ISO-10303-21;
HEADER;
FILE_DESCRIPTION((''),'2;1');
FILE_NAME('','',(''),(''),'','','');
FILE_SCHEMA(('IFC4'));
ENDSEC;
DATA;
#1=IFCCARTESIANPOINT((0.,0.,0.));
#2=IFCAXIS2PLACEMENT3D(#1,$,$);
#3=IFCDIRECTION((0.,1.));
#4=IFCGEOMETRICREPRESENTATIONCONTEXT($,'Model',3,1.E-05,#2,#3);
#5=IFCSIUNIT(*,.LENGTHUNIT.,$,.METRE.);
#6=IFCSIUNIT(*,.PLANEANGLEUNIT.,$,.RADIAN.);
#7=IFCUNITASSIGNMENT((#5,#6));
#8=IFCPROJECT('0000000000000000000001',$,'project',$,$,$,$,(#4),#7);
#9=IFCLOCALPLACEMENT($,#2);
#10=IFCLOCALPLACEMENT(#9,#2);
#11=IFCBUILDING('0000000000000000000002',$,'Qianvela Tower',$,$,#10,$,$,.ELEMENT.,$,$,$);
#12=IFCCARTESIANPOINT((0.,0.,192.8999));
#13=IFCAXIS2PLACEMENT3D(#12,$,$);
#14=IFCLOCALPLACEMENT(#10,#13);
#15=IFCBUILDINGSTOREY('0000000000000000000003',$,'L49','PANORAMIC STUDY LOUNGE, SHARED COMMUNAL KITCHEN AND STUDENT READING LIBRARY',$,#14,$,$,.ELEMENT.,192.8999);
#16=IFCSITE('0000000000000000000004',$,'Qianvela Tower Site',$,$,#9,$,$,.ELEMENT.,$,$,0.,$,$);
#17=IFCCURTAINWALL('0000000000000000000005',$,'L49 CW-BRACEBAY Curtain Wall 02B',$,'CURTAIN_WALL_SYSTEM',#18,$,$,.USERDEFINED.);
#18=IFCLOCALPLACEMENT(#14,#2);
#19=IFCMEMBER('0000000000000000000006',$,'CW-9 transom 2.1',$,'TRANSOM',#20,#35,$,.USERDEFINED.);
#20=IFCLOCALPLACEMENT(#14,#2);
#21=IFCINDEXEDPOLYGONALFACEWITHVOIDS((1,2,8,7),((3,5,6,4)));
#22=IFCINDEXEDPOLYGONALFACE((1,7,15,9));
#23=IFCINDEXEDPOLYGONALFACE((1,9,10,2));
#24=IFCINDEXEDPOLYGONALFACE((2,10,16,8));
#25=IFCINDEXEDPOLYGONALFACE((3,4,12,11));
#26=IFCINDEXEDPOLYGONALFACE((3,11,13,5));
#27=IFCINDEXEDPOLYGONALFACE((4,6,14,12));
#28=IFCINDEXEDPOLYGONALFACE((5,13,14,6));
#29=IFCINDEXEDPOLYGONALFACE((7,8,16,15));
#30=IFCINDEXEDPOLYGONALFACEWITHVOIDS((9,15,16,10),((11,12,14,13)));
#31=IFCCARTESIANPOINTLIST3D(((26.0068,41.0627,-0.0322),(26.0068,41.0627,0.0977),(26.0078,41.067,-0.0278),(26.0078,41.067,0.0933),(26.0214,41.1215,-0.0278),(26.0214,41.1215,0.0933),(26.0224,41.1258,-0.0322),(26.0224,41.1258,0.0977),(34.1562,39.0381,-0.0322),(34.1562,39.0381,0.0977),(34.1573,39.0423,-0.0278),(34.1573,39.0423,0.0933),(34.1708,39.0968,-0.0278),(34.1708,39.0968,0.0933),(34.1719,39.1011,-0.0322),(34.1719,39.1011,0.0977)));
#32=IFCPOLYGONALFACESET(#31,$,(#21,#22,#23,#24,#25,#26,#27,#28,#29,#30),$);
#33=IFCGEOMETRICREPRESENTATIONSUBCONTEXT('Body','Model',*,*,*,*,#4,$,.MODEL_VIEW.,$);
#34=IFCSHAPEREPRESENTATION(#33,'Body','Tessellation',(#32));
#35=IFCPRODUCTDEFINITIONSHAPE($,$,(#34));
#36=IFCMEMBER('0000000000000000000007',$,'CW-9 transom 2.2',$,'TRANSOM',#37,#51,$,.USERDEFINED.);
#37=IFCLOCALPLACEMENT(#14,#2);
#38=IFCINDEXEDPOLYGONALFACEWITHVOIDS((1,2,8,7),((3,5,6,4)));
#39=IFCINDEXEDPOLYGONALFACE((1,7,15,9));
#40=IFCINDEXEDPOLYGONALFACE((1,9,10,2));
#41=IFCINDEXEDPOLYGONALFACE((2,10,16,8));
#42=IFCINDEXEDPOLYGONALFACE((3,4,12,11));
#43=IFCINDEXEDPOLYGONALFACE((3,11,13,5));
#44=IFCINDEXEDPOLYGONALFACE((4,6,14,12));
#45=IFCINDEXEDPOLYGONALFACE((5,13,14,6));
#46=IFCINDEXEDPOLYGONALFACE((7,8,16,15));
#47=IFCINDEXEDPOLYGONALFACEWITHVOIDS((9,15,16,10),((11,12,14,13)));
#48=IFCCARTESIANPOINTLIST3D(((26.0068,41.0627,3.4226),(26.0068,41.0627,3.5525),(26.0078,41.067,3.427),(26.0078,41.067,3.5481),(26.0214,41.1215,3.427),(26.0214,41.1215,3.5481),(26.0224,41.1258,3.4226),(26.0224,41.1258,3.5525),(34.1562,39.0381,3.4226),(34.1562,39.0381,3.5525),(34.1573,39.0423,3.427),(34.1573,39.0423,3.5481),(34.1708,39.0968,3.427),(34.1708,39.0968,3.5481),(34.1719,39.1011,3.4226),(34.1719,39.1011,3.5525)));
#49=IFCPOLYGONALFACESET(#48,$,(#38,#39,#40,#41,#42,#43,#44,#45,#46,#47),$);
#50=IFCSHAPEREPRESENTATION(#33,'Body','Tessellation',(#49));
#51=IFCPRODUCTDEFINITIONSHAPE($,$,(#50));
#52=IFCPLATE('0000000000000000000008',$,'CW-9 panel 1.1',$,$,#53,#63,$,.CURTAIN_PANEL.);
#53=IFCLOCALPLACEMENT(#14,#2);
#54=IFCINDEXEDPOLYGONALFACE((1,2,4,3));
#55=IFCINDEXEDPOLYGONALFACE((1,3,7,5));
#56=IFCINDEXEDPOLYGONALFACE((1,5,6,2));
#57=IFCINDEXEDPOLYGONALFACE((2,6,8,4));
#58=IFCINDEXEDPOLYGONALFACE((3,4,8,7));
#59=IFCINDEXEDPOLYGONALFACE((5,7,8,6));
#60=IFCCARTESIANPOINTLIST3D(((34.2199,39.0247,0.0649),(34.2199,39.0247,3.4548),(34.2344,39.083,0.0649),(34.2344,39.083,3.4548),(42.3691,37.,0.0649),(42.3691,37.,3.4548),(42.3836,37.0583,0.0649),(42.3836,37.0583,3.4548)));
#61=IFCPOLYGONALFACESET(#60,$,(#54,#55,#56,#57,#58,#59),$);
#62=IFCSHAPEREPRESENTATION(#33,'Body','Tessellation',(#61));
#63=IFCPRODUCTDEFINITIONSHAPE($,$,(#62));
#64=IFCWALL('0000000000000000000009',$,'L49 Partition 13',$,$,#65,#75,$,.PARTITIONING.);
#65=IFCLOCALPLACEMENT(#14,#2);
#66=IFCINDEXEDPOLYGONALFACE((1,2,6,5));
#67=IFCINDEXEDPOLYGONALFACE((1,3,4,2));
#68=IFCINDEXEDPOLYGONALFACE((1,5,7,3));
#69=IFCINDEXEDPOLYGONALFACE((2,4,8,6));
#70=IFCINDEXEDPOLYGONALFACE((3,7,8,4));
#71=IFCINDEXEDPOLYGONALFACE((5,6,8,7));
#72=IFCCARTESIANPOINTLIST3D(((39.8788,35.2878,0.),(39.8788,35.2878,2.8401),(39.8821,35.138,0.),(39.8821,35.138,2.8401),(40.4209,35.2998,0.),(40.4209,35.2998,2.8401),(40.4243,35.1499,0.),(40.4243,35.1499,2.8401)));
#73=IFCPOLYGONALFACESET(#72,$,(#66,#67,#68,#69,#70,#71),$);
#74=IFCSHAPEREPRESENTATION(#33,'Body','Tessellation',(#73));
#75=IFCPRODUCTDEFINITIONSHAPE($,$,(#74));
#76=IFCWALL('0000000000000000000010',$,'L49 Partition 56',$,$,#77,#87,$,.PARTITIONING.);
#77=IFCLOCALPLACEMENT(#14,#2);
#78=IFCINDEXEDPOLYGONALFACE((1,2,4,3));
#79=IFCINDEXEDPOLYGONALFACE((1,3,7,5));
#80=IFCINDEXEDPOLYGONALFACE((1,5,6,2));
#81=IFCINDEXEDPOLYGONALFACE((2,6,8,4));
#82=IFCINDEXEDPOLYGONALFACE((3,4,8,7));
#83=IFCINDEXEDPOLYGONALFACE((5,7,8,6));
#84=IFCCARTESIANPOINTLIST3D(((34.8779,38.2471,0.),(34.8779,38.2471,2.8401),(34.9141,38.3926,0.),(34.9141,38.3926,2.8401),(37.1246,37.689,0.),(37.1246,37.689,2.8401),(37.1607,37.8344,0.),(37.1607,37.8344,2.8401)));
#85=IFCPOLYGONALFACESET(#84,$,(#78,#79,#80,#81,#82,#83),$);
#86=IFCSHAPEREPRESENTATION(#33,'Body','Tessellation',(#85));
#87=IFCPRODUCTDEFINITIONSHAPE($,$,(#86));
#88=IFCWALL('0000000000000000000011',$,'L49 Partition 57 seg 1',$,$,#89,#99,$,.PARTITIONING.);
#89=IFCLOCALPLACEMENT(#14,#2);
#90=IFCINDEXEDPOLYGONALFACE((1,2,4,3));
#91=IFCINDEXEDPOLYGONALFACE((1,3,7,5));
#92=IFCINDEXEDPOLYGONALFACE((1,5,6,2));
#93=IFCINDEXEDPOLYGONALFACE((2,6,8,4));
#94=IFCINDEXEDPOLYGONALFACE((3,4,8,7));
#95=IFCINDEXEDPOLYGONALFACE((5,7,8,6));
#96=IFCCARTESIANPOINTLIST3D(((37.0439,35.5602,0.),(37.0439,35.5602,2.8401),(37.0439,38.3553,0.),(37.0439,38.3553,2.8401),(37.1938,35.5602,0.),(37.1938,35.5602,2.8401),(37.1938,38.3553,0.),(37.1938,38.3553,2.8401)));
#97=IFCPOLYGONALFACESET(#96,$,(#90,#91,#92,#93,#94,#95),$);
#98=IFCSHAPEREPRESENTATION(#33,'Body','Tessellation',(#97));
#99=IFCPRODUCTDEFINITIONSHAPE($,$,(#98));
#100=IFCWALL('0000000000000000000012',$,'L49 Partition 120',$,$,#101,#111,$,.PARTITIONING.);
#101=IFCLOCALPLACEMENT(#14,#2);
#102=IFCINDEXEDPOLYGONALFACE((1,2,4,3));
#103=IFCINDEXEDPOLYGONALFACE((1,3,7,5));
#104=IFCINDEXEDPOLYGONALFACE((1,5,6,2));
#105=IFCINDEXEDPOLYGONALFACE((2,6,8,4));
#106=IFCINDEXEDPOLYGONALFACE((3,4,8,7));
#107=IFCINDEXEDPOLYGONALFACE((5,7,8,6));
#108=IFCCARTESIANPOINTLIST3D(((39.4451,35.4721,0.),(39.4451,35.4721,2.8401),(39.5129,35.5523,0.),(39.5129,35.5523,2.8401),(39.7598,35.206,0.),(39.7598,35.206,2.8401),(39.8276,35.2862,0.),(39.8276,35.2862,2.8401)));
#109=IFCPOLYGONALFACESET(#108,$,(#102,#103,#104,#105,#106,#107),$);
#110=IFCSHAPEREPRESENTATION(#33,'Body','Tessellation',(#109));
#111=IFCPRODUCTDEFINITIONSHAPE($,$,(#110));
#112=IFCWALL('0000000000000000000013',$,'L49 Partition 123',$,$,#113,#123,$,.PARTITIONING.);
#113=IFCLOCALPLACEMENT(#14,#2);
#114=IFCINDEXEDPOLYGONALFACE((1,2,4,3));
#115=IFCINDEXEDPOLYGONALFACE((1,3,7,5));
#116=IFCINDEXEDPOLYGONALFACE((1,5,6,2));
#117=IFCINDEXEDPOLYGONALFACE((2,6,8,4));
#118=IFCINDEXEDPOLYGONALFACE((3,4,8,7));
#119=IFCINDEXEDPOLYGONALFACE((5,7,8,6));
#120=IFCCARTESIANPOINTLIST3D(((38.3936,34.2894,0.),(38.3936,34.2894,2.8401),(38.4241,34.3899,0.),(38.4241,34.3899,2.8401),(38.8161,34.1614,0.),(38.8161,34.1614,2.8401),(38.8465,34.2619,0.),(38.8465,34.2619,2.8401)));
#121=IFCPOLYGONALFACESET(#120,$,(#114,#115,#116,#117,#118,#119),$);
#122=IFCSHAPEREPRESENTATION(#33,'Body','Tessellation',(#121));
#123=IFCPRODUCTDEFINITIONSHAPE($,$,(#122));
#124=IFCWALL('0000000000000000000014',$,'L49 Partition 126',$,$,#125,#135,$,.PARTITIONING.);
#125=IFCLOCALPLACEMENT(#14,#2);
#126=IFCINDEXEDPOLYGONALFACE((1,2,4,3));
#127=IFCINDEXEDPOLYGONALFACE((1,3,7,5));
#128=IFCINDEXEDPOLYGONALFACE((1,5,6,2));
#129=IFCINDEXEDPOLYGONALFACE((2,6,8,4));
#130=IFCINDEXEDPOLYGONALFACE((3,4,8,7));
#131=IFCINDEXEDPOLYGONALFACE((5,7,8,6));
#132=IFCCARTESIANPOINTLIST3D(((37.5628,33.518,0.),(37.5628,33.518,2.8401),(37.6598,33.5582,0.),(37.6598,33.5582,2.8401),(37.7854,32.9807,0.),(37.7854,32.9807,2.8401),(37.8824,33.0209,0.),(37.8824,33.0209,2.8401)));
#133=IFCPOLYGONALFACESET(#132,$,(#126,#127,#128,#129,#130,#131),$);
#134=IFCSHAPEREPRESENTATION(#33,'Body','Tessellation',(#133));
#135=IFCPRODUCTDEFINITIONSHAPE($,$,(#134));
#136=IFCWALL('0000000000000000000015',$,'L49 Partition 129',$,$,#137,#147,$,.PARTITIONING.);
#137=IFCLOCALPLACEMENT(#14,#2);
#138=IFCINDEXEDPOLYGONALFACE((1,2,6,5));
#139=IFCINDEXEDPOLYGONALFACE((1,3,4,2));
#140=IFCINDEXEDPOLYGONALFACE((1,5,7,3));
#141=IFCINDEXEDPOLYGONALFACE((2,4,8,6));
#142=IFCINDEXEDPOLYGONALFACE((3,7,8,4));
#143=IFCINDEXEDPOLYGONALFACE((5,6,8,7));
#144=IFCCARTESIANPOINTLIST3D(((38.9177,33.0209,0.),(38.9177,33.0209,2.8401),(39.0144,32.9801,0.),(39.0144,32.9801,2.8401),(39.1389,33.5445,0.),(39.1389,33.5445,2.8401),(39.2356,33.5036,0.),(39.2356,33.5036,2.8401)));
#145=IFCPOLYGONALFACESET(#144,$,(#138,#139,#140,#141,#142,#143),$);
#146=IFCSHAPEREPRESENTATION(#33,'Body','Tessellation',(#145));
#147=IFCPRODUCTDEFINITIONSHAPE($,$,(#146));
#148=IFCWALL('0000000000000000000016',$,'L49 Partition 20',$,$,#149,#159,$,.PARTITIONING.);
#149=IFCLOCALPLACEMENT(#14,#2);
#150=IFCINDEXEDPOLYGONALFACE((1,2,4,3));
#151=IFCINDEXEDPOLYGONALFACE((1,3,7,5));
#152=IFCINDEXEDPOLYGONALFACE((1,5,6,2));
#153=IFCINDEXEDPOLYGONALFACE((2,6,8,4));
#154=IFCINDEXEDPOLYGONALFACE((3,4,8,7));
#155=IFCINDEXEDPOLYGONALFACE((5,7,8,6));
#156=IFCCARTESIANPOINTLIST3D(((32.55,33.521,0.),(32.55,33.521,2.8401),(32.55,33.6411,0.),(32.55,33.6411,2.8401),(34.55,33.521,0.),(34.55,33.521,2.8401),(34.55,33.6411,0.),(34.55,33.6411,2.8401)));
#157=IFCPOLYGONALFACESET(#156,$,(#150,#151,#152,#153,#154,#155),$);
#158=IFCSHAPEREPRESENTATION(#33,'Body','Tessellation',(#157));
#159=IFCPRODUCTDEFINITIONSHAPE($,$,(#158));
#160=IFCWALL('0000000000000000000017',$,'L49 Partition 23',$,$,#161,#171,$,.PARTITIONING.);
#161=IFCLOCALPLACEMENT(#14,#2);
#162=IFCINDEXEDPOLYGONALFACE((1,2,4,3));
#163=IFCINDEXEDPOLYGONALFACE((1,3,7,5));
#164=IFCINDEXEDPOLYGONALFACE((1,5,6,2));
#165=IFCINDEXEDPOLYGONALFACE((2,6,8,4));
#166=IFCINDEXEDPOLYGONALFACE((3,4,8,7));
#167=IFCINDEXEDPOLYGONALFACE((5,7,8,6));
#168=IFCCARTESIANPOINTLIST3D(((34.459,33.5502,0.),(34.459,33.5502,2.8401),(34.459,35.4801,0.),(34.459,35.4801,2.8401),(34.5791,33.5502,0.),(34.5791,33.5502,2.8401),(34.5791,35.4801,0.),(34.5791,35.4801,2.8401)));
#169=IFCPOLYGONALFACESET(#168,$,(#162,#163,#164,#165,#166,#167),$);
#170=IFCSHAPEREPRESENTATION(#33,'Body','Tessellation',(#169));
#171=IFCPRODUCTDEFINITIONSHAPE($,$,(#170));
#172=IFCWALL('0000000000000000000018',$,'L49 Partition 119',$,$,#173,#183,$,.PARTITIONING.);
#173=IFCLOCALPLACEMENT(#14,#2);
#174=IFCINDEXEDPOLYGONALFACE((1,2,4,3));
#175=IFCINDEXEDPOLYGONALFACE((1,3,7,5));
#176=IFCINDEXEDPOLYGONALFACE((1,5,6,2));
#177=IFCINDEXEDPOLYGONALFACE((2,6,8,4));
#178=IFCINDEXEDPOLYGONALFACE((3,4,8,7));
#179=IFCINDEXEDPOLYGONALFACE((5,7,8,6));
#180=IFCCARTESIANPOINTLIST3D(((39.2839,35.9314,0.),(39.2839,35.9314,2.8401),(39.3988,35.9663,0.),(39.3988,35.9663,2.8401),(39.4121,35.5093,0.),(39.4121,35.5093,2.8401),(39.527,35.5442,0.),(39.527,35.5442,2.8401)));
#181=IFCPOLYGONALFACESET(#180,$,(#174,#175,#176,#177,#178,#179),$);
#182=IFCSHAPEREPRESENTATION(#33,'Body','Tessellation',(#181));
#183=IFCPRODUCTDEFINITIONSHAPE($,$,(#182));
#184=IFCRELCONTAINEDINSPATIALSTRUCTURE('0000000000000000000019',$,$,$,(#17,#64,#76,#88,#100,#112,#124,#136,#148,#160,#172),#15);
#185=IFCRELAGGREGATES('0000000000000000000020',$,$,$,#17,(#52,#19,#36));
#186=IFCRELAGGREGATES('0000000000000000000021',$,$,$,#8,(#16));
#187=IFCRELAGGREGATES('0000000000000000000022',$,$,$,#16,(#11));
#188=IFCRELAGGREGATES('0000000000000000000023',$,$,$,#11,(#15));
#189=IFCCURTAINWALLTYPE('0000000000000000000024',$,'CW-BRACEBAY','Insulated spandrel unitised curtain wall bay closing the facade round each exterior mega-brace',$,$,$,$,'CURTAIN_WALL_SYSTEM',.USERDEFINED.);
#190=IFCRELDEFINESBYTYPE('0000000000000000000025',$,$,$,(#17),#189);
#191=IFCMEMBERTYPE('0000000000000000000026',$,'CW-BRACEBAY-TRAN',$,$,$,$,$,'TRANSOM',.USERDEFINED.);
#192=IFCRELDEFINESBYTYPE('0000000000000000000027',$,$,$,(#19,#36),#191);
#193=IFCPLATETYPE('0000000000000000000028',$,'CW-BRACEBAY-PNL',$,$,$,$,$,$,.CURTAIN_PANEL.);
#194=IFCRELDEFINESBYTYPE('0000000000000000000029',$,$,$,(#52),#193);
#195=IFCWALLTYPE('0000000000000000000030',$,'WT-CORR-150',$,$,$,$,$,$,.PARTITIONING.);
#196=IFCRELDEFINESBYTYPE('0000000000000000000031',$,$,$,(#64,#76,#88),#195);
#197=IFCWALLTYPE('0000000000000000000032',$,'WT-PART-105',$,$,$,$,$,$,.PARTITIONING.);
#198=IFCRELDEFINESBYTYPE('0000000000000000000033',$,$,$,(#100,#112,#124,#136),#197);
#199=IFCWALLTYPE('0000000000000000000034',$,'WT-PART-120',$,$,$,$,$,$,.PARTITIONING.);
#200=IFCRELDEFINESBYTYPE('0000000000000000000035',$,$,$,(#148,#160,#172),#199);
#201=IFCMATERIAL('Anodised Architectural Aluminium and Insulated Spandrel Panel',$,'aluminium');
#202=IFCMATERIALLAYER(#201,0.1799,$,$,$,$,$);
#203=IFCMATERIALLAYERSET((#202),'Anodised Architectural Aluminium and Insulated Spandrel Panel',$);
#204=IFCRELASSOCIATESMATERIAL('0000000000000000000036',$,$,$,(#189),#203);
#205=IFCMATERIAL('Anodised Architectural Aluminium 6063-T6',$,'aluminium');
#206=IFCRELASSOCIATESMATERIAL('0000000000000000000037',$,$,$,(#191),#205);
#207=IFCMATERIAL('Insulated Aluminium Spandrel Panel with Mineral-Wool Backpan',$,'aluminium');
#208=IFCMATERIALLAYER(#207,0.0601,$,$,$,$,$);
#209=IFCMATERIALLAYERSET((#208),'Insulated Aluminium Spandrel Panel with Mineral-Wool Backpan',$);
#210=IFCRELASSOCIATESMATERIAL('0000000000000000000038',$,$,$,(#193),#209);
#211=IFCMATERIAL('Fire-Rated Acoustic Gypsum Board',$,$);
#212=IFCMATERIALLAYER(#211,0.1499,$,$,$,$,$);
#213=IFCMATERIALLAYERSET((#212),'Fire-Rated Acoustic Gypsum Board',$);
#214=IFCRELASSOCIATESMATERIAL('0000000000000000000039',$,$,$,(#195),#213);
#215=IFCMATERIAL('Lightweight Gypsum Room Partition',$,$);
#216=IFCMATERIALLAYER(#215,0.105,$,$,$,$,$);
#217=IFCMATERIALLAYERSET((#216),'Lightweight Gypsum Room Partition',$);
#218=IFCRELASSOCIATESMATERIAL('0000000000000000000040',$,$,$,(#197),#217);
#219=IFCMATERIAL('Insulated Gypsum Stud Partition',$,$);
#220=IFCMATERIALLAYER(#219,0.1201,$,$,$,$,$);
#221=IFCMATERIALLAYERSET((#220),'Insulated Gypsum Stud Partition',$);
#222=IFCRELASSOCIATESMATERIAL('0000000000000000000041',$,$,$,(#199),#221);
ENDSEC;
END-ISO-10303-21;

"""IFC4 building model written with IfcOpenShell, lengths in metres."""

from ifc_helpers import new_model, si_unit, direction, frame, frame_2d, origin, origin_2d, place, context, subcontext, project, spatial, rectangle, hollow_rectangle, extrude, material, layer, layer_set, material_profile, profile_set, type_object, element, aggregate, save


model = new_model("IFC4")

# Units and contexts
model_context = context("Model", 3, precision=1e-05, world=origin(), true_north=direction((0.0, 1.0)))
body_context = subcontext(model_context, "Body", "Model", "MODEL_VIEW")
ifc_project = project(units=[si_unit("LENGTHUNIT", "METRE"), si_unit("PLANEANGLEUNIT", "RADIAN")], contexts=[model_context])

# Site, building, storey
site_placement = place(None, origin())
site = spatial("IfcSite", under=ifc_project, at=site_placement, Name="Qianvela Tower Site", CompositionType="ELEMENT", RefElevation=0.0)
building_placement = place(site_placement, origin())
building = spatial("IfcBuilding", under=site, at=building_placement, Name="Qianvela Tower", CompositionType="ELEMENT")
storey_placement = place(building_placement, frame((0.0, 0.0, 192.8999)))
storey = spatial("IfcBuildingStorey", under=building, at=storey_placement, Name="L49", Description="PANORAMIC STUDY LOUNGE, SHARED COMMUNAL KITCHEN AND STUDENT READING LIBRARY", CompositionType="ELEMENT", Elevation=192.8999)

# Curtain wall, members, plate
ifc_material_1 = material(Name="Anodised Architectural Aluminium and Insulated Spandrel Panel", Category="aluminium")
ifc_layer_1 = layer(ifc_material_1, 0.1799)
ifc_layer_set_1 = layer_set([ifc_layer_1], Name="Anodised Architectural Aluminium and Insulated Spandrel Panel")
curtain_wall_type = type_object("IfcCurtainWallType", Name="CW-BRACEBAY", Description="Insulated spandrel unitised curtain wall bay closing the facade round each exterior mega-brace", ElementType="CURTAIN_WALL_SYSTEM", PredefinedType="USERDEFINED", material=ifc_layer_set_1)
curtain_wall_placement = place(storey_placement, origin())
curtain_wall = element("IfcCurtainWall", 1, at=curtain_wall_placement, inside=storey, type_object=curtain_wall_type, Name="L49 CW-BRACEBAY Curtain Wall 02B", ObjectType="CURTAIN_WALL_SYSTEM", PredefinedType="USERDEFINED")
ifc_material_2 = material(Name="Anodised Architectural Aluminium 6063-T6", Category="aluminium")
ifc_material_profile_1 = material_profile(ifc_material_2, hollow_rectangle(XDim=0.0649, YDim=0.1299, WallThickness=0.0044, at=origin_2d()), Name="ALU-TRAN-65x130")
ifc_profile_set_1 = profile_set([ifc_material_profile_1], Name="Anodised Architectural Aluminium 6063-T6")
member_type_1 = type_object("IfcMemberType", Name="CW-BRACEBAY-TRAN", ElementType="TRANSOM", PredefinedType="USERDEFINED", material=ifc_profile_set_1)
member_1_placement = place(storey_placement, frame((34.1641, 39.0696, 0.0327), z_axis=(-0.970497, 0.241112, 0.0), x_axis=(-0.241112, -0.970497, 0.0)))
member_1 = element("IfcMember", 2, at=member_1_placement, type_object=member_type_1, Name="CW-9 transom 2.1", ObjectType="TRANSOM", PredefinedType="USERDEFINED", context=body_context, shape_type="SweptSolid", body=[
    extrude(hollow_rectangle(XDim=0.0649, YDim=0.1299, WallThickness=0.0044, at=origin_2d()), origin(), (0.0, 0.0, 1.0), 8.3972),
])
member_2_placement = place(storey_placement, frame((34.1641, 39.0696, 3.4875), z_axis=(-0.970497, 0.241112, 0.0), x_axis=(-0.241112, -0.970497, 0.0)))
member_2 = element("IfcMember", 3, at=member_2_placement, type_object=member_type_1, Name="CW-9 transom 2.2", ObjectType="TRANSOM", PredefinedType="USERDEFINED", context=body_context, shape_type="SweptSolid", body=[
    extrude(hollow_rectangle(XDim=0.0649, YDim=0.1299, WallThickness=0.0044, at=origin_2d()), origin(), (0.0, 0.0, 1.0), 8.3972),
])
ifc_material_3 = material(Name="Insulated Aluminium Spandrel Panel with Mineral-Wool Backpan", Category="aluminium")
ifc_layer_2 = layer(ifc_material_3, 0.0601)
ifc_layer_set_2 = layer_set([ifc_layer_2], Name="Insulated Aluminium Spandrel Panel with Mineral-Wool Backpan")
plate_type = type_object("IfcPlateType", Name="CW-BRACEBAY-PNL", PredefinedType="CURTAIN_PANEL", material=ifc_layer_set_2)
plate_placement = place(storey_placement, frame((38.3018, 38.0415, 0.0649), z_axis=(0.0, 0.0, 1.0), x_axis=(-0.970494, 0.241124, 0.0)))
plate = element("IfcPlate", 4, at=plate_placement, type_object=plate_type, Name="CW-9 panel 1.1", PredefinedType="CURTAIN_PANEL", context=body_context, shape_type="SweptSolid", body=[
    extrude(rectangle(XDim=8.397, YDim=0.0601, at=origin_2d()), origin(), (0.0, 0.0, 1.0), 3.3899),
])
aggregate(curtain_wall, [plate, member_1, member_2])

# Walls
ifc_material_4 = material(Name="Fire-Rated Acoustic Gypsum Board")
ifc_layer_3 = layer(ifc_material_4, 0.1499)
ifc_layer_set_3 = layer_set([ifc_layer_3], Name="Fire-Rated Acoustic Gypsum Board")
wall_type_1 = type_object("IfcWallType", Name="WT-CORR-150", PredefinedType="PARTITIONING", material=ifc_layer_set_3)
wall_1_placement = place(storey_placement, frame((39.8806, 35.2129, 0.0), z_axis=(0.0, 0.0, 1.0), x_axis=(0.999757, 0.022067, 0.0)))
element("IfcWall", 5, at=wall_1_placement, inside=storey, type_object=wall_type_1, Name="L49 Partition 13", PredefinedType="PARTITIONING", context=body_context, shape_type="SweptSolid", body=[
    extrude(rectangle(XDim=0.5422, YDim=0.1499, at=frame_2d((0.271, 0.0))), origin(), (0.0, 0.0, 1.0), 2.8401),
])
wall_2_placement = place(storey_placement, frame((34.896, 38.3198, 0.0), z_axis=(0.0, 0.0, 1.0), x_axis=(0.970501, -0.241096, 0.0)))
element("IfcWall", 6, at=wall_2_placement, inside=storey, type_object=wall_type_1, Name="L49 Partition 56", PredefinedType="PARTITIONING", context=body_context, shape_type="SweptSolid", body=[
    extrude(rectangle(XDim=2.3149, YDim=0.1499, at=frame_2d((1.1575, 0.0))), origin(), (0.0, 0.0, 1.0), 2.8401),
])
wall_3_placement = place(storey_placement, frame((37.1189, 38.3552, 0.0), z_axis=(0.0, 0.0, 1.0), x_axis=(0.0, -1.0, 0.0)))
element("IfcWall", 7, at=wall_3_placement, inside=storey, type_object=wall_type_1, Name="L49 Partition 57 seg 1", PredefinedType="PARTITIONING", context=body_context, shape_type="SweptSolid", body=[
    extrude(rectangle(XDim=2.7952, YDim=0.1499, at=frame_2d((1.3975, 0.0))), origin(), (0.0, 0.0, 1.0), 2.8401),
])
ifc_material_5 = material(Name="Lightweight Gypsum Room Partition")
ifc_layer_4 = layer(ifc_material_5, 0.105)
ifc_layer_set_4 = layer_set([ifc_layer_4], Name="Lightweight Gypsum Room Partition")
wall_type_2 = type_object("IfcWallType", Name="WT-PART-105", PredefinedType="PARTITIONING", material=ifc_layer_set_4)
wall_4_placement = place(storey_placement, frame((39.479, 35.5122, 0.0), z_axis=(0.0, 0.0, 1.0), x_axis=(0.763588, -0.645703, 0.0)))
element("IfcWall", 8, at=wall_4_placement, inside=storey, type_object=wall_type_2, Name="L49 Partition 120", PredefinedType="PARTITIONING", context=body_context, shape_type="SweptSolid", body=[
    extrude(rectangle(XDim=0.4121, YDim=0.105, at=frame_2d((0.2061, 0.0))), origin(), (0.0, 0.0, 1.0), 2.8401),
])
wall_5_placement = place(storey_placement, frame((38.8313, 34.2117, 0.0), z_axis=(0.0, 0.0, 1.0), x_axis=(-0.957062, 0.289885, 0.0)))
element("IfcWall", 9, at=wall_5_placement, inside=storey, type_object=wall_type_2, Name="L49 Partition 123", PredefinedType="PARTITIONING", context=body_context, shape_type="SweptSolid", body=[
    extrude(rectangle(XDim=0.4414, YDim=0.105, at=frame_2d((0.2207, 0.0))), origin(), (0.0, 0.0, 1.0), 2.8401),
])
wall_6_placement = place(storey_placement, frame((37.6113, 33.5381, 0.0), z_axis=(0.0, 0.0, 1.0), x_axis=(0.382797, -0.923833, 0.0)))
element("IfcWall", 10, at=wall_6_placement, inside=storey, type_object=wall_type_2, Name="L49 Partition 126", PredefinedType="PARTITIONING", context=body_context, shape_type="SweptSolid", body=[
    extrude(rectangle(XDim=0.5815, YDim=0.105, at=frame_2d((0.2908, 0.0))), origin(), (0.0, 0.0, 1.0), 2.8401),
])
wall_7_placement = place(storey_placement, frame((38.9661, 33.0005, 0.0), z_axis=(0.0, 0.0, 1.0), x_axis=(0.389248, 0.921133, 0.0)))
element("IfcWall", 11, at=wall_7_placement, inside=storey, type_object=wall_type_2, Name="L49 Partition 129", PredefinedType="PARTITIONING", context=body_context, shape_type="SweptSolid", body=[
    extrude(rectangle(XDim=0.5684, YDim=0.105, at=frame_2d((0.2842, 0.0))), origin(), (0.0, 0.0, 1.0), 2.8401),
])
ifc_material_6 = material(Name="Insulated Gypsum Stud Partition")
ifc_layer_5 = layer(ifc_material_6, 0.1201)
ifc_layer_set_5 = layer_set([ifc_layer_5], Name="Insulated Gypsum Stud Partition")
wall_type_3 = type_object("IfcWallType", Name="WT-PART-120", PredefinedType="PARTITIONING", material=ifc_layer_set_5)
wall_8_placement = place(storey_placement, frame((34.55, 33.5811, 0.0), z_axis=(0.0, 0.0, 1.0), x_axis=(-1.0, 0.0, 0.0)))
element("IfcWall", 12, at=wall_8_placement, inside=storey, type_object=wall_type_3, Name="L49 Partition 20", PredefinedType="PARTITIONING", context=body_context, shape_type="SweptSolid", body=[
    extrude(rectangle(XDim=2.0, YDim=0.1201, at=frame_2d((1.0, 0.0))), origin(), (0.0, 0.0, 1.0), 2.8401),
])
wall_9_placement = place(storey_placement, frame((34.519, 35.48, 0.0), z_axis=(0.0, 0.0, 1.0), x_axis=(0.0, -1.0, 0.0)))
element("IfcWall", 13, at=wall_9_placement, inside=storey, type_object=wall_type_3, Name="L49 Partition 23", PredefinedType="PARTITIONING", context=body_context, shape_type="SweptSolid", body=[
    extrude(rectangle(XDim=1.9299, YDim=0.1201, at=frame_2d((0.9648, 0.0))), origin(), (0.0, 0.0, 1.0), 2.8401),
])
wall_10_placement = place(storey_placement, frame((39.3413, 35.949, 0.0), z_axis=(0.0, 0.0, 1.0), x_axis=(0.290545, -0.956861, 0.0)))
element("IfcWall", 14, at=wall_10_placement, inside=storey, type_object=wall_type_3, Name="L49 Partition 119", PredefinedType="PARTITIONING", context=body_context, shape_type="SweptSolid", body=[
    extrude(rectangle(XDim=0.4412, YDim=0.1201, at=frame_2d((0.2207, 0.0))), origin(), (0.0, 0.0, 1.0), 2.8401),
])

save(model, "model.ifc")
